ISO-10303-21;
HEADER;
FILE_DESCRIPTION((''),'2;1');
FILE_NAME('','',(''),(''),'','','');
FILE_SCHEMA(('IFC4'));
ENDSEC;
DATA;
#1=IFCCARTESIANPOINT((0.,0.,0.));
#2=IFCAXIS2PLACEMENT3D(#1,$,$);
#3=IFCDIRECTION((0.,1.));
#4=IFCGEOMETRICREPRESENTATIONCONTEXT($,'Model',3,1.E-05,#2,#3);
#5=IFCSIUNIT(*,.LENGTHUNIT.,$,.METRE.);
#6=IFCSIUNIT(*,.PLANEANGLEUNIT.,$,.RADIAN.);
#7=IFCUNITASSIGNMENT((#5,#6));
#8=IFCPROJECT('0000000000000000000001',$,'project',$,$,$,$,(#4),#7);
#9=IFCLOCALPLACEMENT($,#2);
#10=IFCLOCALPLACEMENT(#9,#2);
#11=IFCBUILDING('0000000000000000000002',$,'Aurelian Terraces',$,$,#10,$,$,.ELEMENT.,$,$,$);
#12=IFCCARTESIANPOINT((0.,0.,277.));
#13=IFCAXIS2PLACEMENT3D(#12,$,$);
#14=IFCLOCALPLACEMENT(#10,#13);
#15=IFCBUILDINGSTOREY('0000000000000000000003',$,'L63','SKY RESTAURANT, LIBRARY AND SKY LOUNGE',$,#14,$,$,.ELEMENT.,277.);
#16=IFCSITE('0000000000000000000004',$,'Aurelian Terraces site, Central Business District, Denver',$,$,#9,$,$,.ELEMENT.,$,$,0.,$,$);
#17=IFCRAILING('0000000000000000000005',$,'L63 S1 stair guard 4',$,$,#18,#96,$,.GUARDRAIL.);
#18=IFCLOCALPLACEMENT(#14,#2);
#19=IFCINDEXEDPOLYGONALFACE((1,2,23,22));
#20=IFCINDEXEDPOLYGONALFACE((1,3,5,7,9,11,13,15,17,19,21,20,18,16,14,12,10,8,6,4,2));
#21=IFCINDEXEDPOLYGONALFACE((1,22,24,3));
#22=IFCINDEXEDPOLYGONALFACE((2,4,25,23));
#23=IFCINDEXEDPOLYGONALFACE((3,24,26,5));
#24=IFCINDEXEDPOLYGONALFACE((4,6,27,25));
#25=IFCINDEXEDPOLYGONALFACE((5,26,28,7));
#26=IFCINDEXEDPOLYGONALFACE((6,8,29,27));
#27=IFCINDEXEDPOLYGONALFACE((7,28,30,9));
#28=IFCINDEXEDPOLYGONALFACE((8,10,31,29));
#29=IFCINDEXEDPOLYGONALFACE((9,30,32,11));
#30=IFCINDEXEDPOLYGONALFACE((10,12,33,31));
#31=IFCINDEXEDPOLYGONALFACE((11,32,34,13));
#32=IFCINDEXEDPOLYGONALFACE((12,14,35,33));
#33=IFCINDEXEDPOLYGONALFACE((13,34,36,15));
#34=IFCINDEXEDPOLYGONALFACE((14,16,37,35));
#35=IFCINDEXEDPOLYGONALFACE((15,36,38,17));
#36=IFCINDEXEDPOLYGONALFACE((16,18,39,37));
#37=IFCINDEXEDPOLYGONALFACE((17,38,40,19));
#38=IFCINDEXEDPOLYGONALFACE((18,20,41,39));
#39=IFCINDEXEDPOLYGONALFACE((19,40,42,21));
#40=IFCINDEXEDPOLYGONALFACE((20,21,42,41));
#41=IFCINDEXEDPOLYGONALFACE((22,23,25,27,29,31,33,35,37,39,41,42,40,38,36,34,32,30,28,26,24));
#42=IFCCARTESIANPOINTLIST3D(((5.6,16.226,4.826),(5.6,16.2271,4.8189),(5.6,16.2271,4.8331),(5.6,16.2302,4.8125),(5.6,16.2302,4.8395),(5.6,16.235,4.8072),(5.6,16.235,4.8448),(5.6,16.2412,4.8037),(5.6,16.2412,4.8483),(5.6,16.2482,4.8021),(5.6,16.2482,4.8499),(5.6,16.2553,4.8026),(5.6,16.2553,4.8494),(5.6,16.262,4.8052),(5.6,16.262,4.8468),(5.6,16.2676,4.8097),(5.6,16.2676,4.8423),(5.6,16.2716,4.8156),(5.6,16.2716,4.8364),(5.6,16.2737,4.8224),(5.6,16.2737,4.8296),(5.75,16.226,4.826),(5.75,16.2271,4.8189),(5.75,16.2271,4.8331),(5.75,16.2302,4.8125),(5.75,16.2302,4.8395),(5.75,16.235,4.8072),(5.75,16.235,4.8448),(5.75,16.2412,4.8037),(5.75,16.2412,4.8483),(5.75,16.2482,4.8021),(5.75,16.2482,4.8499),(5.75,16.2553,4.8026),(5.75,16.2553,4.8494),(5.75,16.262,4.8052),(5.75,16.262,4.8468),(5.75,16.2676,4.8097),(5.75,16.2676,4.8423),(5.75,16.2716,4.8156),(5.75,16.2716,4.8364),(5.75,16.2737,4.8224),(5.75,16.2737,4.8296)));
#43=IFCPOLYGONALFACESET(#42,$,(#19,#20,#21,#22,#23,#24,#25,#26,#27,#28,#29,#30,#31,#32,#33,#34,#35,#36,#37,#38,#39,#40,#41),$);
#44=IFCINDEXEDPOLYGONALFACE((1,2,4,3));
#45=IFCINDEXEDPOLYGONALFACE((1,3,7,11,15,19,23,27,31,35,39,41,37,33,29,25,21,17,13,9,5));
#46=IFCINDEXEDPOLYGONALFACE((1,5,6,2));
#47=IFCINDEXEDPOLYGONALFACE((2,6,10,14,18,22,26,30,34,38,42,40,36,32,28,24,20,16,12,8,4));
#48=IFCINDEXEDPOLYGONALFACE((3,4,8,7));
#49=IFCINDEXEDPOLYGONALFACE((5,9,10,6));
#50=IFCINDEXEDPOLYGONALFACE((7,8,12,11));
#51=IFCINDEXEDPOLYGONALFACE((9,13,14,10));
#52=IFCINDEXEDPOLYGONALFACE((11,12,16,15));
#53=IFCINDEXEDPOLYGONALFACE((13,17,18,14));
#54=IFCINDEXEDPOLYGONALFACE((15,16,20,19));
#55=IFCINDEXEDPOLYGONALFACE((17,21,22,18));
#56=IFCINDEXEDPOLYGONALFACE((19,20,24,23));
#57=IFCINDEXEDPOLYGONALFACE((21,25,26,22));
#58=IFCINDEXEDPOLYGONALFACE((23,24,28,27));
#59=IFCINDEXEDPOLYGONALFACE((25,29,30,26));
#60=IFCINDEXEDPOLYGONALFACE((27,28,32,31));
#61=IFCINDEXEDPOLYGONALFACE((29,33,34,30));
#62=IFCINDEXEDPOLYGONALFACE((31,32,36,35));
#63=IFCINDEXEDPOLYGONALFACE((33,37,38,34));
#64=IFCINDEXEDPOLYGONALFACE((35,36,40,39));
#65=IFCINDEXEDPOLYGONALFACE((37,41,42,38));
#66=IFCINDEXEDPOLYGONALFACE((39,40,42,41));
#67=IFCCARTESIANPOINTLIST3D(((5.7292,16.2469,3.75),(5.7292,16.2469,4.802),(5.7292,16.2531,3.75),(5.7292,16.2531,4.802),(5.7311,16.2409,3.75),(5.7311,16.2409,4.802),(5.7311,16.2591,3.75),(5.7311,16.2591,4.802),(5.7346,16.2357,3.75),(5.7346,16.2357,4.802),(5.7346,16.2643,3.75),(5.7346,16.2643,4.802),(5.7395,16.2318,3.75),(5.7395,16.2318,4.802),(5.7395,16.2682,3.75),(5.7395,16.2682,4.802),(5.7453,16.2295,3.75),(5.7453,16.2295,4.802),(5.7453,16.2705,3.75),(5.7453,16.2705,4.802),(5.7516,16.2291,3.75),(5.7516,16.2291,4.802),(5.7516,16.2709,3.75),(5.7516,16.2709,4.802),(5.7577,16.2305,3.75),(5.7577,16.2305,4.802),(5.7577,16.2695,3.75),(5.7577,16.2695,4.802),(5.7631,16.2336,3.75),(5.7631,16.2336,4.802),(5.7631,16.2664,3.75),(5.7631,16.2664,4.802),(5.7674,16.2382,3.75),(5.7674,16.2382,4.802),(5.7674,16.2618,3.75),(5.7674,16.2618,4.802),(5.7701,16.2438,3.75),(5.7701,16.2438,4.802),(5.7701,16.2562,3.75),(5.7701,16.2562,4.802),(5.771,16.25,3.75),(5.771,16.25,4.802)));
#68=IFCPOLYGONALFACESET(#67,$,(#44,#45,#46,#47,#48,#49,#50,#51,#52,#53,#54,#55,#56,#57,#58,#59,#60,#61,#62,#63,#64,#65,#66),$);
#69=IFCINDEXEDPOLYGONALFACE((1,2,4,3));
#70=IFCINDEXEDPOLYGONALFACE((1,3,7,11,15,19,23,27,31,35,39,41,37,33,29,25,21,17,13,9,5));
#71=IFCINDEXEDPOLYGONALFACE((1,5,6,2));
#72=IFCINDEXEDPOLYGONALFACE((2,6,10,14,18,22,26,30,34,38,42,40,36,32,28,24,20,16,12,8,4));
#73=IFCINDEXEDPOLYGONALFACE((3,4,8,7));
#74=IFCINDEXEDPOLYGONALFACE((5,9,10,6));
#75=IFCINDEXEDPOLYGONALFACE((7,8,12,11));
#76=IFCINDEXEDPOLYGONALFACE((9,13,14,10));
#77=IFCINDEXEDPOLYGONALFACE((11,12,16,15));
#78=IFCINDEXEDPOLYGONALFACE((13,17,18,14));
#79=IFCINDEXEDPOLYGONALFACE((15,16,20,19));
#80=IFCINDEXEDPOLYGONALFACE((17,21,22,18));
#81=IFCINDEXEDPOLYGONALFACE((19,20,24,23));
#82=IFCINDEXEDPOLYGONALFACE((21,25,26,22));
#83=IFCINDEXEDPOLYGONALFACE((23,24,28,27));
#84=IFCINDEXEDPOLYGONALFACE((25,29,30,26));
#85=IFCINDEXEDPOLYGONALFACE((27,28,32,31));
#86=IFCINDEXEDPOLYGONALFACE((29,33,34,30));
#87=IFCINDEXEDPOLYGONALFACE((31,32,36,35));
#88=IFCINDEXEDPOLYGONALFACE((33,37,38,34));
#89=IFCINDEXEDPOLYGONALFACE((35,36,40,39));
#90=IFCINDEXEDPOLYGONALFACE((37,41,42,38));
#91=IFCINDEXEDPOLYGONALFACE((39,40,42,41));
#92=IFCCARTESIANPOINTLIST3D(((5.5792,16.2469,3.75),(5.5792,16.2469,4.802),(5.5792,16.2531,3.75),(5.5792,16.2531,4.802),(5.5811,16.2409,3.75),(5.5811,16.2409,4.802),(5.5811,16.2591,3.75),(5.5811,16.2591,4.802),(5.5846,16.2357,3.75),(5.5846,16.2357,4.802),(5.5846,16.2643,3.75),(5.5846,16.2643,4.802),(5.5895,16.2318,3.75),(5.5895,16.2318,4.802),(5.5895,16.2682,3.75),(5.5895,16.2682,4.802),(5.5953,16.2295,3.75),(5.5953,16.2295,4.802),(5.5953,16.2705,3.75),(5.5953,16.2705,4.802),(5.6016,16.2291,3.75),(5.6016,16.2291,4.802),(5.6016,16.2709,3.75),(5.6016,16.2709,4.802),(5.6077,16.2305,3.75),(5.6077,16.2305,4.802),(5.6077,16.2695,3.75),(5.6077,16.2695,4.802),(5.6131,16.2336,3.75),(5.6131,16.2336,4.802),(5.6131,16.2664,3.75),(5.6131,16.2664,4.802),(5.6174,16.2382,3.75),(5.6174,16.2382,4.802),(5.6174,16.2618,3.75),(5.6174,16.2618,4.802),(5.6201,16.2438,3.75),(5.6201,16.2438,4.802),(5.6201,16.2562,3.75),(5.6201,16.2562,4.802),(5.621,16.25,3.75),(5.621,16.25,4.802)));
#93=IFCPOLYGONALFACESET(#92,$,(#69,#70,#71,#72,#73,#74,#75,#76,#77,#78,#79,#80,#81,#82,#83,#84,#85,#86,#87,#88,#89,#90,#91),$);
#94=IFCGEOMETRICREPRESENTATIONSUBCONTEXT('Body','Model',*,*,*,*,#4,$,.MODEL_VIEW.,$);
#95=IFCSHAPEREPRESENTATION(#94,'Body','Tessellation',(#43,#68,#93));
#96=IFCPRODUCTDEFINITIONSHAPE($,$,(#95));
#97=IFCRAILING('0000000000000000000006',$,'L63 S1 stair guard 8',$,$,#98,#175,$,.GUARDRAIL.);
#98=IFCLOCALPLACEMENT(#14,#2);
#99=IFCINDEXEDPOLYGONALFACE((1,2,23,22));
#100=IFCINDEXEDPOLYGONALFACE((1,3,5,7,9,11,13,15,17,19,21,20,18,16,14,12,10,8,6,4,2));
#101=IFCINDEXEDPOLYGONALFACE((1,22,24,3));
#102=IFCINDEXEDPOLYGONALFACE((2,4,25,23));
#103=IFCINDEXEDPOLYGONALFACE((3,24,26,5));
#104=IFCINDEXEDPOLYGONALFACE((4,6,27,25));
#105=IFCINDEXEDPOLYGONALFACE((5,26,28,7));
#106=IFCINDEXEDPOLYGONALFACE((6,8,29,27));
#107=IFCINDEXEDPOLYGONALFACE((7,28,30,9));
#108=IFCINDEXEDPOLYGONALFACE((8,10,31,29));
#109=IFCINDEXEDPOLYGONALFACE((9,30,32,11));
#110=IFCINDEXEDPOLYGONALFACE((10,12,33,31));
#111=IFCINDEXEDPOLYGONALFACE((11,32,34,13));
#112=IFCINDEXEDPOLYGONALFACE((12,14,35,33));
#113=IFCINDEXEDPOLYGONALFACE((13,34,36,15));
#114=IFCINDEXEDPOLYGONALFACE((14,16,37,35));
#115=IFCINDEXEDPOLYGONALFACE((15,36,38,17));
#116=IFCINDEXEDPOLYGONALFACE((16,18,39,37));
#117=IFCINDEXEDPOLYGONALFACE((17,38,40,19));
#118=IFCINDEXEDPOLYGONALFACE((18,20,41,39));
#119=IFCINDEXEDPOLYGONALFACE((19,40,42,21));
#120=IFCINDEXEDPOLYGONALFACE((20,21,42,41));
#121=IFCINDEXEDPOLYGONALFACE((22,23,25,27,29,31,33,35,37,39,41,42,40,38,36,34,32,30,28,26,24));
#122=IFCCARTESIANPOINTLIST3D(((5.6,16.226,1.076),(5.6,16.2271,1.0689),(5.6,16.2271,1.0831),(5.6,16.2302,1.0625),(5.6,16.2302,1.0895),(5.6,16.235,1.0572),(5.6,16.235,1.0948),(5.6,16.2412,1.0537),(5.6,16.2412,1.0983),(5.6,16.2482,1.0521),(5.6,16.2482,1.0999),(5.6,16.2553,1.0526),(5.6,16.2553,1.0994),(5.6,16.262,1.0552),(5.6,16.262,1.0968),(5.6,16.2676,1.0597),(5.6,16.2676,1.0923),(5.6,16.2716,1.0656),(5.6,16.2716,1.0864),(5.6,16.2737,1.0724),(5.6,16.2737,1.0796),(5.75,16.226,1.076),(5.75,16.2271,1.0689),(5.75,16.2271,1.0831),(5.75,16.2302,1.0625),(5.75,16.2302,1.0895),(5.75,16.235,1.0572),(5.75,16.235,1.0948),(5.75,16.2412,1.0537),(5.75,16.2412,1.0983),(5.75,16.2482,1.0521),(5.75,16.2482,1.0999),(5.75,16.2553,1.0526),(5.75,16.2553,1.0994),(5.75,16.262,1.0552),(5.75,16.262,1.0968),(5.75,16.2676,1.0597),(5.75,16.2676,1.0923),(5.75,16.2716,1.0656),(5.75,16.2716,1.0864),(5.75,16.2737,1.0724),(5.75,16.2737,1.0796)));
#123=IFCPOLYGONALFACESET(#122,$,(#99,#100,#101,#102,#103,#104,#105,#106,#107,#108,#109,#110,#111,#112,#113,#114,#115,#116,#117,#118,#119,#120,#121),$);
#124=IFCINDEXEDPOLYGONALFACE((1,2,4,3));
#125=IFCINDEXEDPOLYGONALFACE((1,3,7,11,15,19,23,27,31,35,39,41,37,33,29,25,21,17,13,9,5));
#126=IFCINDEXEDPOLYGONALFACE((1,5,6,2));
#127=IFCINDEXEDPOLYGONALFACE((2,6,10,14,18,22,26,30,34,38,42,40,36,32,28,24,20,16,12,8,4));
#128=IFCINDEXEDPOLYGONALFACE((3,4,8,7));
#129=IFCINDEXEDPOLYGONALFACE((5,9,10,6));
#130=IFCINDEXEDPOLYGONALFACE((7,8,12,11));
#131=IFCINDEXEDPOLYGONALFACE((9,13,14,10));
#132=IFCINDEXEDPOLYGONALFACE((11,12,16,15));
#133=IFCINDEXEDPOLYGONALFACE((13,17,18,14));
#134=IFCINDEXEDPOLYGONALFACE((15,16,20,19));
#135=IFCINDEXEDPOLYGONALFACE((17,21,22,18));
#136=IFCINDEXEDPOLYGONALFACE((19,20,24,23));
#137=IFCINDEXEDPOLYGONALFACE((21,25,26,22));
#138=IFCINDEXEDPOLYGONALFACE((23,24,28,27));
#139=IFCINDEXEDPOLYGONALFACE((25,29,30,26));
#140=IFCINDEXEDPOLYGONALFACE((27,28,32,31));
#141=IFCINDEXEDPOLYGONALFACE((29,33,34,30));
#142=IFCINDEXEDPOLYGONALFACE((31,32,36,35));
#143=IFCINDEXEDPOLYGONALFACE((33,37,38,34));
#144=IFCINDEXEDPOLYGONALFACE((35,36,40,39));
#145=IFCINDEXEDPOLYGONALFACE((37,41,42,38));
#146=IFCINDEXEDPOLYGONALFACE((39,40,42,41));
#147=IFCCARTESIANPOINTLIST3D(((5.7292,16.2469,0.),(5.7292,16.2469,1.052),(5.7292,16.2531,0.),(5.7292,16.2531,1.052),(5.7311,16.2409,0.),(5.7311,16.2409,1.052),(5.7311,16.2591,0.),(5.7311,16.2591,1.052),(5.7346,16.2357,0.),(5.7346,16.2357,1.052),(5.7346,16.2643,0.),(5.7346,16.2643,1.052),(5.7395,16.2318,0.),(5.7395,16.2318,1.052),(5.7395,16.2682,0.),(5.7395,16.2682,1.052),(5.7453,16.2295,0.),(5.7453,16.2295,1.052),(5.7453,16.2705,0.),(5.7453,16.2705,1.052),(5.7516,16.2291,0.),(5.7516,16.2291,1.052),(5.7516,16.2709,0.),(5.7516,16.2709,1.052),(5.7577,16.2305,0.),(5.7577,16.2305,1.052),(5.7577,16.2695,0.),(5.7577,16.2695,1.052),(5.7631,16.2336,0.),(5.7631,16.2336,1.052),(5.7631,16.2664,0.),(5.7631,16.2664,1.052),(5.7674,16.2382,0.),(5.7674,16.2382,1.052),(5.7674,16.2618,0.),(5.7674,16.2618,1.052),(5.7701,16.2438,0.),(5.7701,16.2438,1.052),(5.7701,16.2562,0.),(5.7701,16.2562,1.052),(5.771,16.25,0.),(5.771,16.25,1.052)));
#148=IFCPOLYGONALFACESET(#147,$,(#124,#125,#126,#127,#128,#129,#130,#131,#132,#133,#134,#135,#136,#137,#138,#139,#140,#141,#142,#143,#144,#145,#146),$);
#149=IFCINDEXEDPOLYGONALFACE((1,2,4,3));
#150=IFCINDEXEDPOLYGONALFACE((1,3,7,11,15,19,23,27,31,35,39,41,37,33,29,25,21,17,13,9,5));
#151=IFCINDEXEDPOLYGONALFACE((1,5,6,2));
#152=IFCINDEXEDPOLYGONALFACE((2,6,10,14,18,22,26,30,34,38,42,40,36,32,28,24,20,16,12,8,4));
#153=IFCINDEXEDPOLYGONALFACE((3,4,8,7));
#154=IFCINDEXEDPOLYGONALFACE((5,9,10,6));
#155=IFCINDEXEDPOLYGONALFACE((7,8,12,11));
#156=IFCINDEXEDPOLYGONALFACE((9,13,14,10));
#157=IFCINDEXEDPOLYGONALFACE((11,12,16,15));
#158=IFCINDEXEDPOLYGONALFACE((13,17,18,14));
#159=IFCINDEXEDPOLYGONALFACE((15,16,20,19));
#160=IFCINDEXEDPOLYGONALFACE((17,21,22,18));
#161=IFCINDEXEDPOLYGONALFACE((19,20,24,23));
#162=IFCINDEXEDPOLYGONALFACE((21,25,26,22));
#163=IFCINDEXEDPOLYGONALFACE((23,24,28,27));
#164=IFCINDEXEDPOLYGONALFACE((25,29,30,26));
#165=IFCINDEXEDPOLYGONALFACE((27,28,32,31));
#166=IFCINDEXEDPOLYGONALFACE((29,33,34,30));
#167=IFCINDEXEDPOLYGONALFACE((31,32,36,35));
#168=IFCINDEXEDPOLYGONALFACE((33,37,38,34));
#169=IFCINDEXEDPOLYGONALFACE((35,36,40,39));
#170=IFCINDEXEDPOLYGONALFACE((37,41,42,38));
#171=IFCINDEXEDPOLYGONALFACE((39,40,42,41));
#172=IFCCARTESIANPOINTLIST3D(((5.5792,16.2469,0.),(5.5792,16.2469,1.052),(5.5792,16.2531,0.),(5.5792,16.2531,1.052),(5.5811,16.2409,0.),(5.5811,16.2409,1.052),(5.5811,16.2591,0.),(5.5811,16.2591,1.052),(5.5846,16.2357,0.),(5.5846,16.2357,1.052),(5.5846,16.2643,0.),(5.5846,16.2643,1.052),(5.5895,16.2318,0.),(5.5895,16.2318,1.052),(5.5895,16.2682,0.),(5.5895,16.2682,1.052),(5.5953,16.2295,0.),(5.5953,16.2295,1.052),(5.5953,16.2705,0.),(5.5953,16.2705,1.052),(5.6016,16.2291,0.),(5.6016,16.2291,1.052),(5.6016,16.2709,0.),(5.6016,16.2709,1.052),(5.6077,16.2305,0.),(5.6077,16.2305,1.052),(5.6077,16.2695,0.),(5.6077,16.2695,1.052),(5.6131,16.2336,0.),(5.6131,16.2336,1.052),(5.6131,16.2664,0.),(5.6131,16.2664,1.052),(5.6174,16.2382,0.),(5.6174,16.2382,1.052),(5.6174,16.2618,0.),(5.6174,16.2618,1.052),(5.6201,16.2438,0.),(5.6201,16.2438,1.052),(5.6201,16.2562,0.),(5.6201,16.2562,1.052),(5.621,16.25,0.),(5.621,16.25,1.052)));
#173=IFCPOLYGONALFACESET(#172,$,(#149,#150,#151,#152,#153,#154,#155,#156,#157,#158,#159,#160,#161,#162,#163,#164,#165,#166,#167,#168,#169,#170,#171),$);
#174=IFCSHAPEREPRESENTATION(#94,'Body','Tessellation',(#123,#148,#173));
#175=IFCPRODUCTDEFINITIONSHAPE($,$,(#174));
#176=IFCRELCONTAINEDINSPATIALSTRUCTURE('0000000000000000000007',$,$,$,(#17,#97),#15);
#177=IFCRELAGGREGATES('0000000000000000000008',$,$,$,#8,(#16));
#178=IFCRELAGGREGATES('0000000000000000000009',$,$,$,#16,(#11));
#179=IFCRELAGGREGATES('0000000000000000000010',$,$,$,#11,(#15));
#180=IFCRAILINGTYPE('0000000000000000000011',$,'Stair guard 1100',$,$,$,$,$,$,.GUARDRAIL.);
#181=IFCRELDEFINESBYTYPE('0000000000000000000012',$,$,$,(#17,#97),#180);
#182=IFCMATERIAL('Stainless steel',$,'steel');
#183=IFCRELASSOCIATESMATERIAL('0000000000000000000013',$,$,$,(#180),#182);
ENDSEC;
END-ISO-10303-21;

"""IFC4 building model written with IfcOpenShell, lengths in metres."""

from ifc_helpers import new_model, si_unit, direction, frame, origin, origin_2d, place, context, subcontext, project, spatial, circle, extrude, source, transform, mapped, material, type_object, element, save


model = new_model("IFC4")

# Units and contexts
model_context = context("Model", 3, precision=1e-05, world=origin(), true_north=direction((0.0, 1.0)))
body_context = subcontext(model_context, "Body", "Model", "MODEL_VIEW")
ifc_project = project(units=[si_unit("LENGTHUNIT", "METRE"), si_unit("PLANEANGLEUNIT", "RADIAN")], contexts=[model_context])

# Site, building, storey
site_placement = place(None, origin())
site = spatial("IfcSite", under=ifc_project, at=site_placement, Name="Aurelian Terraces site, Central Business District, Denver", CompositionType="ELEMENT", RefElevation=0.0)
building_placement = place(site_placement, origin())
building = spatial("IfcBuilding", under=site, at=building_placement, Name="Aurelian Terraces", CompositionType="ELEMENT")
storey_placement = place(building_placement, frame((0.0, 0.0, 277.0)))
storey = spatial("IfcBuildingStorey", under=building, at=storey_placement, Name="L63", Description="SKY RESTAURANT, LIBRARY AND SKY LOUNGE", CompositionType="ELEMENT", Elevation=277.0)

# Shared definitions
ifc_material_1 = material(Name="Stainless steel", Category="steel")

# Railings
railing_type = type_object("IfcRailingType", Name="Stair guard 1100", PredefinedType="GUARDRAIL", material=ifc_material_1)
shared_shape_1 = source(origin(), body_context, "Body", "SweptSolid", [
    extrude(circle(Radius=0.024, at=origin_2d()), frame((0.0, 0.0, 1.076), z_axis=(-1.0, 0.0, 0.0), x_axis=(0.0, -1.0, 0.0)), (0.0, 0.0, 1.0), 0.15),
    extrude(circle(Radius=0.021, at=origin_2d()), origin(), (0.0, 0.0, 1.0), 1.052),
    extrude(circle(Radius=0.021, at=origin_2d()), frame((-0.15, 0.0, 0.0)), (0.0, 0.0, 1.0), 1.052),
])
for number, where, name in (
    (1, (5.75, 16.25, 3.75), "L63 S1 stair guard 4"),
    (2, (5.75, 16.25, 0.0), "L63 S1 stair guard 8"),
):
    element("IfcRailing", number, at=place(storey_placement, frame(where)), inside=storey, type_object=railing_type, Name=name, PredefinedType="GUARDRAIL", context=body_context, shape_type="MappedRepresentation", body=[
        mapped(shared_shape_1, transform((0.0, 0.0, 0.0), scale=1.0)),
    ])

save(model, "model.ifc")
